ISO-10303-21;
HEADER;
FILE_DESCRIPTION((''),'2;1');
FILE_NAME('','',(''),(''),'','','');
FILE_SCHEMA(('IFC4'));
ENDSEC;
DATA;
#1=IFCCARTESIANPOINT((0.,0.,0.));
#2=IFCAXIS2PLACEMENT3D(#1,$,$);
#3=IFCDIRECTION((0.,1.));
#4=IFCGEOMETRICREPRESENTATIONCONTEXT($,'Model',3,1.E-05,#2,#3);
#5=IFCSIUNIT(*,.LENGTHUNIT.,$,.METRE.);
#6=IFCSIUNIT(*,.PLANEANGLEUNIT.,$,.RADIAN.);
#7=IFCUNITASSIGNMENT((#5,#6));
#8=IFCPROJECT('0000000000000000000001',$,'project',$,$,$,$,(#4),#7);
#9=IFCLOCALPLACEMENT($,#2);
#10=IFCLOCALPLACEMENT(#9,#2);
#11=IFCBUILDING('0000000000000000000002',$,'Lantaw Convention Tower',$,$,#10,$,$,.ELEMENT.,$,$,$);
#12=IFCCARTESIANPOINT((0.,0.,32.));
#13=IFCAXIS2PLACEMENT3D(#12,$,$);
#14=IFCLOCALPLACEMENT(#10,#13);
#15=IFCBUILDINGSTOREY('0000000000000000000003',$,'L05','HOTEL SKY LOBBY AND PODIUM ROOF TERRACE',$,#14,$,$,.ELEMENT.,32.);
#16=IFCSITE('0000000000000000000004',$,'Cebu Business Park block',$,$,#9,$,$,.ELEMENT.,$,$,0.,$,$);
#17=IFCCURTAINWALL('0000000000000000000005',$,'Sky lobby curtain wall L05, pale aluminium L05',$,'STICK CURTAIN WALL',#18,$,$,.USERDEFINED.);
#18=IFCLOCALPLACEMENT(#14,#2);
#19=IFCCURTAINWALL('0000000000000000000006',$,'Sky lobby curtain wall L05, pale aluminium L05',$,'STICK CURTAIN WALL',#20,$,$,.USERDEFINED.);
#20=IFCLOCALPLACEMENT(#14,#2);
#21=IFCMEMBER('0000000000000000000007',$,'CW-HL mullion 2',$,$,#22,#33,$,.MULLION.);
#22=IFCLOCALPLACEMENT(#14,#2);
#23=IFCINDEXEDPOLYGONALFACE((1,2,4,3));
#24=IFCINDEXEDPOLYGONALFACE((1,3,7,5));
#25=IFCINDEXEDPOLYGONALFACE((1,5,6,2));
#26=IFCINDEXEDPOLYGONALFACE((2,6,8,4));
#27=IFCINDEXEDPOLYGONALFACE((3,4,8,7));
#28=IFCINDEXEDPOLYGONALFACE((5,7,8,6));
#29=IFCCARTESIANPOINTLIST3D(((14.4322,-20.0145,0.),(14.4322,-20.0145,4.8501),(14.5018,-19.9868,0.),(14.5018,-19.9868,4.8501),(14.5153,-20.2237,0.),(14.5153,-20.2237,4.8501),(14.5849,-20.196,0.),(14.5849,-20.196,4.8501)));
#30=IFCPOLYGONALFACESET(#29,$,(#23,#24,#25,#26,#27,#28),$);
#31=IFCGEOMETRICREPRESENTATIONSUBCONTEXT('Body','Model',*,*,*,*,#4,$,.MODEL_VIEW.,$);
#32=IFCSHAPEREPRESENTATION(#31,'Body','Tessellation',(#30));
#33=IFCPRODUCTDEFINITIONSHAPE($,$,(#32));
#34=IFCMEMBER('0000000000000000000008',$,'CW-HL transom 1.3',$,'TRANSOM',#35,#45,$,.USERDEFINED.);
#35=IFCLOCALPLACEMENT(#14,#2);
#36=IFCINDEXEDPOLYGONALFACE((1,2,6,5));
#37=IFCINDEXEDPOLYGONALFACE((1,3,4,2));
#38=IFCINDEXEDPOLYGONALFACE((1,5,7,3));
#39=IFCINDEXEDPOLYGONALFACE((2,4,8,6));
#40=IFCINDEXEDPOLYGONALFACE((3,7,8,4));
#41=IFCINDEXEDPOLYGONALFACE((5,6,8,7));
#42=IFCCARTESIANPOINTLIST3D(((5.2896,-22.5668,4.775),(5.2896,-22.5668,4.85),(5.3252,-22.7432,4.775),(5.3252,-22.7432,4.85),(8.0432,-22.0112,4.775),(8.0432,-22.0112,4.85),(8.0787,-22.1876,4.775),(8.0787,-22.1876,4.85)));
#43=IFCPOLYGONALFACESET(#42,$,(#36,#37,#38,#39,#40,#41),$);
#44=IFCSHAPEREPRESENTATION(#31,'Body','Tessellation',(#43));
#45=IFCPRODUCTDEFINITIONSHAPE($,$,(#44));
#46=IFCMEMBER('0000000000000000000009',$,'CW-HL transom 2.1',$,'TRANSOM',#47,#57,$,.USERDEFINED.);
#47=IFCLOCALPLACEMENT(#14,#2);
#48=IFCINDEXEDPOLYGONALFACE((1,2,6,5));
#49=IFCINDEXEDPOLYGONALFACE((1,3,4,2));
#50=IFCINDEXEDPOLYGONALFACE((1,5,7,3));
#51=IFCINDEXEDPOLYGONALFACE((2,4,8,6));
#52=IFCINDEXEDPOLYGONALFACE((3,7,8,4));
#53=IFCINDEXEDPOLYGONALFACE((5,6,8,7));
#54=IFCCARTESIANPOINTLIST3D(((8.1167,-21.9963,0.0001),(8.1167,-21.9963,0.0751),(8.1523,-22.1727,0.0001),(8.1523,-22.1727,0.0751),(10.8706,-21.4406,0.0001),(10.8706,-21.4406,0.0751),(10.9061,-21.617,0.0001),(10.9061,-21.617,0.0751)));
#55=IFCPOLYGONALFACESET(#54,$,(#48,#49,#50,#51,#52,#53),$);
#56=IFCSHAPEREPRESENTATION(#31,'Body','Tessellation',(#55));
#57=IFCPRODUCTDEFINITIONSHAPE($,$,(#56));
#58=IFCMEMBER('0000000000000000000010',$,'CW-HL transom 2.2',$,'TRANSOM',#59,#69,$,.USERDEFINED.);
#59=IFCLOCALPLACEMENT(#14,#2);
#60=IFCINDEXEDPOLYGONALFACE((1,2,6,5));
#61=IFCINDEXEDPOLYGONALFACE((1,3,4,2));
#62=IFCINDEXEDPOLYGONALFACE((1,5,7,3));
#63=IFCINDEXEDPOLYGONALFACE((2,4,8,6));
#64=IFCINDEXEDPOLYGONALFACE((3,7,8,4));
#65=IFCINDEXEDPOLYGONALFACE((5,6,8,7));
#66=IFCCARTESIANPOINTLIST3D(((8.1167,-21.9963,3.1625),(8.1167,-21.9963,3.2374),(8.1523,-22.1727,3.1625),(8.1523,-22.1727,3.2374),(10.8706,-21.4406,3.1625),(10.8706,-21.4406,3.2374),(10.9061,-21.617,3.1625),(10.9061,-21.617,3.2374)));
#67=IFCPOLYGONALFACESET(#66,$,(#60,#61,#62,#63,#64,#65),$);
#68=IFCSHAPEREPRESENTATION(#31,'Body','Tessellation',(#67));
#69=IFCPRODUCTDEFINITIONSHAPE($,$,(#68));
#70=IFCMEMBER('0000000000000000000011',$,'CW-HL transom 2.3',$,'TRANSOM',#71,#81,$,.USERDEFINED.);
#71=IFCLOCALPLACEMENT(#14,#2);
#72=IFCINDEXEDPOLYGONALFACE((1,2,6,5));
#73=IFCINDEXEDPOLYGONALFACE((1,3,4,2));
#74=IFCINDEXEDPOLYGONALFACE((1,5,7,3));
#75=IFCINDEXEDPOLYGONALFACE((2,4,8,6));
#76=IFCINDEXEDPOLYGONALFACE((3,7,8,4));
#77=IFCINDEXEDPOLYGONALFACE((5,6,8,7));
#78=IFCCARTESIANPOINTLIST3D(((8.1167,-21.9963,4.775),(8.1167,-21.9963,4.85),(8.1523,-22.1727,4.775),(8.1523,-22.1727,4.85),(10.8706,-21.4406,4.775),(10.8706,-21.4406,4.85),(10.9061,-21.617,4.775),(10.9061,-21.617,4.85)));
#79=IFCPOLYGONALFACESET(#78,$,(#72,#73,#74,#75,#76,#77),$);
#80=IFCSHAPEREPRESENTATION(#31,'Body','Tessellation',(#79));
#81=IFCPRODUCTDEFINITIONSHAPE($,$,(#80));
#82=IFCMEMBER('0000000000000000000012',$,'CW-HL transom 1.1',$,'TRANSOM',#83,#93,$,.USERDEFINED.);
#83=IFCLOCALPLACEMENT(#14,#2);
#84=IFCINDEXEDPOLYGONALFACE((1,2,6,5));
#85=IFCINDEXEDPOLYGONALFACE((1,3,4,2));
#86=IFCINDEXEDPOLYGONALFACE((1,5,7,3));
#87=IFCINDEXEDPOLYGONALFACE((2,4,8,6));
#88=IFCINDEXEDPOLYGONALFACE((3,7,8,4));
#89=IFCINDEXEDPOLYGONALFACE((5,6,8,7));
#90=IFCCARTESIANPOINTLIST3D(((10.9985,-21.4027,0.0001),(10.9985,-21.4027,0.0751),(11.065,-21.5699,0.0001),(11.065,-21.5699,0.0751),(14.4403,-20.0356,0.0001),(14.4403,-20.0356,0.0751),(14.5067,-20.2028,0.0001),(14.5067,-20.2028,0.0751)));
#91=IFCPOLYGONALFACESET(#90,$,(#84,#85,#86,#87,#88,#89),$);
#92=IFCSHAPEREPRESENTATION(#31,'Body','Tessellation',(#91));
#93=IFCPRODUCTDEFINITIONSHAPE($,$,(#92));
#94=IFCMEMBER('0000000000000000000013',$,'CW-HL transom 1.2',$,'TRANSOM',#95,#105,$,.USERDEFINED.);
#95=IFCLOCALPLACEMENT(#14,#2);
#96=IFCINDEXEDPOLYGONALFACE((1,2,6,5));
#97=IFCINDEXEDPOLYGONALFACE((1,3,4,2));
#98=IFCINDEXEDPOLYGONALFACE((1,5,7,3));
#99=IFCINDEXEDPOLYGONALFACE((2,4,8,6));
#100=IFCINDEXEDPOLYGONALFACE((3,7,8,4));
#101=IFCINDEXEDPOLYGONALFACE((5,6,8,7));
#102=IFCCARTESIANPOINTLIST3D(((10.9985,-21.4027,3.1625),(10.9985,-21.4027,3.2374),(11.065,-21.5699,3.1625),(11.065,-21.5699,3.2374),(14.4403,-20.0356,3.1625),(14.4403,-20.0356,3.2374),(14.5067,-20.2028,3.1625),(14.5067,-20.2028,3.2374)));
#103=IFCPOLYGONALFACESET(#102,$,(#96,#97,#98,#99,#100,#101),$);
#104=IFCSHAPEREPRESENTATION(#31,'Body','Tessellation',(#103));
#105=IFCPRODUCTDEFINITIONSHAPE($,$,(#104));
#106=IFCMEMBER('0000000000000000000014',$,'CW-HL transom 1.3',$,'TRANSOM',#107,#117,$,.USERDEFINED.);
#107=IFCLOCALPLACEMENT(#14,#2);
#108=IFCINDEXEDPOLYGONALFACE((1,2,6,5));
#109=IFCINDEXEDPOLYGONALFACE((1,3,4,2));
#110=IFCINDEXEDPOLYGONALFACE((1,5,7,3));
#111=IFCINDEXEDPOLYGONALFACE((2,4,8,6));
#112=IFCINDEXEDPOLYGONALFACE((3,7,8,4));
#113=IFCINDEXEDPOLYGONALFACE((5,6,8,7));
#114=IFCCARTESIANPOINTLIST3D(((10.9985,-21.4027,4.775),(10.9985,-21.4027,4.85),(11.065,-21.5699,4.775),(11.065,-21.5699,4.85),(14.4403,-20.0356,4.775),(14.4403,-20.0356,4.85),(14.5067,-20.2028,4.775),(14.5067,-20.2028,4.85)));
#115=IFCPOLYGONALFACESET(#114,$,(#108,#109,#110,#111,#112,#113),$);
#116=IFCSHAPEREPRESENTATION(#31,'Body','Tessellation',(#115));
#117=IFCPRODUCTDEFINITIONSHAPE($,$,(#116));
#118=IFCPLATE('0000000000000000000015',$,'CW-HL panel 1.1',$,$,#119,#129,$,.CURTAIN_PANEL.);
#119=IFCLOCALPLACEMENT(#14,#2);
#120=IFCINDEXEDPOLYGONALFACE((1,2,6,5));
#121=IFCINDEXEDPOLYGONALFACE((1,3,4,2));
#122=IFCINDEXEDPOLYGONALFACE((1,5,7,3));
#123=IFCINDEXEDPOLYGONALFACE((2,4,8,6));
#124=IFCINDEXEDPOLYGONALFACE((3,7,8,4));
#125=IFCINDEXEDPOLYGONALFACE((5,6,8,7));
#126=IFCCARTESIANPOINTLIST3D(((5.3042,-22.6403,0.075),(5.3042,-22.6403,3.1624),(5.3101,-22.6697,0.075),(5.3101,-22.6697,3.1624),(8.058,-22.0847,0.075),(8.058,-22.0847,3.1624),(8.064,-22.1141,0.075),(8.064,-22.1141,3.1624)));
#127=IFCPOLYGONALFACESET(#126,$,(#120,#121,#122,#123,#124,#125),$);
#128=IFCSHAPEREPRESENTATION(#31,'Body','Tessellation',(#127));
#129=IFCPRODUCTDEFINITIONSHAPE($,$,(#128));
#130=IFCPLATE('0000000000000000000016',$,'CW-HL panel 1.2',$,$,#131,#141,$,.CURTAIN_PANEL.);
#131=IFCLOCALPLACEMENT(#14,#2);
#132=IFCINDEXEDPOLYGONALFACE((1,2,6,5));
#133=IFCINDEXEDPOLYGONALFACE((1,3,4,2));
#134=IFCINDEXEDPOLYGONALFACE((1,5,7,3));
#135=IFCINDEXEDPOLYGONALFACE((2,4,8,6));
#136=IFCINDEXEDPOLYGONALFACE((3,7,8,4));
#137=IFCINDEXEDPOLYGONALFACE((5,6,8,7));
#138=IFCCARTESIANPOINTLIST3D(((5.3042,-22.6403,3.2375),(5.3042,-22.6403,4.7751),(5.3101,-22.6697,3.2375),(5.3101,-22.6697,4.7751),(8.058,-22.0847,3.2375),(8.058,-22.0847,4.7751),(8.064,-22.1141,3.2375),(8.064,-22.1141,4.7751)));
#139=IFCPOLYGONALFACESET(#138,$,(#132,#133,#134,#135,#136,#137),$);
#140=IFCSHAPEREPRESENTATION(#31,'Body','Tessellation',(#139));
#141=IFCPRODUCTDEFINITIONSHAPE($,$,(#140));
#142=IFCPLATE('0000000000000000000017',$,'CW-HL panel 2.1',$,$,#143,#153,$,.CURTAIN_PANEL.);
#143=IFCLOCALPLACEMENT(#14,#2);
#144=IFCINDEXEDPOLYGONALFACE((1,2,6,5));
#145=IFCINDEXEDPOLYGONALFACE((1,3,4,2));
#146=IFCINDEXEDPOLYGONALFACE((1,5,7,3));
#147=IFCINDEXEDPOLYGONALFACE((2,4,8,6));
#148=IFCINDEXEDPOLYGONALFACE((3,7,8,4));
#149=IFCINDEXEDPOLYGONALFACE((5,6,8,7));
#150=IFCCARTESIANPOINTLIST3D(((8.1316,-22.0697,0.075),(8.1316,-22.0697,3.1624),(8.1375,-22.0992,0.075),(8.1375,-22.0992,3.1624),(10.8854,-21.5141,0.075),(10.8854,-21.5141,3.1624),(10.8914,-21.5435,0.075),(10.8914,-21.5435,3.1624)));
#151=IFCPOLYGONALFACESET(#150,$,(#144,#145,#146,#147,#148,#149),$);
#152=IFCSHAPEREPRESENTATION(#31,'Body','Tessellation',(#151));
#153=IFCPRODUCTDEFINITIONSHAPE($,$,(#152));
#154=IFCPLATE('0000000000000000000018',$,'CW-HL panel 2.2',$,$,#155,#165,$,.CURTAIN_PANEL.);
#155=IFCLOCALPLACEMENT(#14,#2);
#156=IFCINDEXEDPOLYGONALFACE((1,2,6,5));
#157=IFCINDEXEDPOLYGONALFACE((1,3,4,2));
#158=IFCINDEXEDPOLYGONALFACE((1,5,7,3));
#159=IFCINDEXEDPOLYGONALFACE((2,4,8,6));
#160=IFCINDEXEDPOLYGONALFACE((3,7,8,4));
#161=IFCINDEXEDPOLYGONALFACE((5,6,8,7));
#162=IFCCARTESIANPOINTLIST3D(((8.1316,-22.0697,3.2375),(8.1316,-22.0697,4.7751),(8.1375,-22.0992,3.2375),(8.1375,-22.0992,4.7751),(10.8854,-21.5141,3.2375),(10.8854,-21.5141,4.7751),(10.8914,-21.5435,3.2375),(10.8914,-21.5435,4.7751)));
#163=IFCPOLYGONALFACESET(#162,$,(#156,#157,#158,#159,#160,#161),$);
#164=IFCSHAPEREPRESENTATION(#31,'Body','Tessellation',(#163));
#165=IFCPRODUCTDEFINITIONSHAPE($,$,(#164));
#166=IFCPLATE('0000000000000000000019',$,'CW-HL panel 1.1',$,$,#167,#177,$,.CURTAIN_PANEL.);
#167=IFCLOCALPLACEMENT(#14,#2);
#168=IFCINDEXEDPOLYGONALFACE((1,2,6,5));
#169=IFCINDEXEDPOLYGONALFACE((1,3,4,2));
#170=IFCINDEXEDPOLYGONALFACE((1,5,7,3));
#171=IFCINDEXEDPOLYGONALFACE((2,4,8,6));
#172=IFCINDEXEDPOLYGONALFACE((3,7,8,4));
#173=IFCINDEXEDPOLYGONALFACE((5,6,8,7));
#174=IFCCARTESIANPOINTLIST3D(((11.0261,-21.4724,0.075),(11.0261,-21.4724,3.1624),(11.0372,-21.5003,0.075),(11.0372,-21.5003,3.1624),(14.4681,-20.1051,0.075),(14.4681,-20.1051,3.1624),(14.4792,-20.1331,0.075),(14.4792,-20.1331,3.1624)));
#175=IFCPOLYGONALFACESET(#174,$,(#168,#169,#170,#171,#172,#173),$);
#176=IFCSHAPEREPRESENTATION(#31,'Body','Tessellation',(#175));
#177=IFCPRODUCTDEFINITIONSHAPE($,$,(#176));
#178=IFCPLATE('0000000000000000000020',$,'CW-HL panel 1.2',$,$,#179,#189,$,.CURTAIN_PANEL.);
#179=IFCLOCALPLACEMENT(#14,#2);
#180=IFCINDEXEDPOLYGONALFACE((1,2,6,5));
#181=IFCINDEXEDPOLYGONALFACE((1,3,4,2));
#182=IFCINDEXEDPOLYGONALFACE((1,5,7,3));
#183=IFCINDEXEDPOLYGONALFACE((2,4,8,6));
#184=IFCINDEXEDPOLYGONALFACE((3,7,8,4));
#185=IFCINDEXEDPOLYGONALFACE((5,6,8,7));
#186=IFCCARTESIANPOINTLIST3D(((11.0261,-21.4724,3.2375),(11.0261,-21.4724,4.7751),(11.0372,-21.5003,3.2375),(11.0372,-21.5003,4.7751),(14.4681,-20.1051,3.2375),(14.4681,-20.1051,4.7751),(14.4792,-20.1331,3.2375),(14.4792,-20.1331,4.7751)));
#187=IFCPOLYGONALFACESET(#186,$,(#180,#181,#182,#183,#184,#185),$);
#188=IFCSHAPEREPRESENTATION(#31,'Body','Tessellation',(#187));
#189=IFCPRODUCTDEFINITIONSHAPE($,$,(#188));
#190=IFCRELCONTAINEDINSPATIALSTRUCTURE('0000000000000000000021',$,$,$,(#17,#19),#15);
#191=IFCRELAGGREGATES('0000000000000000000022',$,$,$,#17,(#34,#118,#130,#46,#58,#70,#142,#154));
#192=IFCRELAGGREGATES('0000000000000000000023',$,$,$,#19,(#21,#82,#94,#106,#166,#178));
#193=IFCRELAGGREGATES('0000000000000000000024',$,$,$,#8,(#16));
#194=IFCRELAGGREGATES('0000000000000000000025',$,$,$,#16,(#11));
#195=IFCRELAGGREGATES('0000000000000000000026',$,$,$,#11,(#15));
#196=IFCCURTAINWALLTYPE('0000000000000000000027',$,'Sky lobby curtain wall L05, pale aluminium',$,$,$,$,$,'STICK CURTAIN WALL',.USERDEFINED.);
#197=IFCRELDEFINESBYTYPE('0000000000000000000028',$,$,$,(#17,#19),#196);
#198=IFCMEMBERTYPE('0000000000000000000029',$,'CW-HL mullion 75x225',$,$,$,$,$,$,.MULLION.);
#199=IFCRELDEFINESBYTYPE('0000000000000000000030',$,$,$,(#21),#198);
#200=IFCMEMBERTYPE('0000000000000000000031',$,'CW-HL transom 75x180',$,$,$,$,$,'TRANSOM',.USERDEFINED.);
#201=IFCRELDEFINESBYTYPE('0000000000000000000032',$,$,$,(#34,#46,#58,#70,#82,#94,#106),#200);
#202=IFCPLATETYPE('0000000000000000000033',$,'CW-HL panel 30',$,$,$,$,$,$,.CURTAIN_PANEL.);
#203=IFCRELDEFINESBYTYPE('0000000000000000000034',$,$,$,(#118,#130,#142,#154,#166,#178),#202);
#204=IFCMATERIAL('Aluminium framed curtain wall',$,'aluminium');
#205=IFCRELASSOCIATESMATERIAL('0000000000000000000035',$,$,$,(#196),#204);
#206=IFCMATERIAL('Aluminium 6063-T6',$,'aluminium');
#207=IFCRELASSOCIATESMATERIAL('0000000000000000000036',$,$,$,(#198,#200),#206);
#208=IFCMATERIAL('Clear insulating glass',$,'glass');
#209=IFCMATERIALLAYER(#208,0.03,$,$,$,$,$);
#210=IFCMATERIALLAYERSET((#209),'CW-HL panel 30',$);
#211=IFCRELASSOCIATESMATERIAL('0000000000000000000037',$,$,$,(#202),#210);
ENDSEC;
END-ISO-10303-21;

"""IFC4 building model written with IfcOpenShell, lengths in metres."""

from ifc_helpers import new_model, si_unit, direction, frame, origin, origin_2d, place, context, subcontext, project, spatial, rectangle, extrude, material, layer, layer_set, material_profile, profile_set, type_object, element, aggregate, save


model = new_model("IFC4")

# Units and contexts
model_context = context("Model", 3, precision=1e-05, world=origin(), true_north=direction((0.0, 1.0)))
body_context = subcontext(model_context, "Body", "Model", "MODEL_VIEW")
ifc_project = project(units=[si_unit("LENGTHUNIT", "METRE"), si_unit("PLANEANGLEUNIT", "RADIAN")], contexts=[model_context])

# Site, building, storey
site_placement = place(None, origin())
site = spatial("IfcSite", under=ifc_project, at=site_placement, Name="Cebu Business Park block", CompositionType="ELEMENT", RefElevation=0.0)
building_placement = place(site_placement, origin())
building = spatial("IfcBuilding", under=site, at=building_placement, Name="Lantaw Convention Tower", CompositionType="ELEMENT")
storey_placement = place(building_placement, frame((0.0, 0.0, 32.0)))
storey = spatial("IfcBuildingStorey", under=building, at=storey_placement, Name="L05", Description="HOTEL SKY LOBBY AND PODIUM ROOF TERRACE", CompositionType="ELEMENT", Elevation=32.0)

# Curtain walls, member
ifc_material_1 = material(Name="Aluminium framed curtain wall", Category="aluminium")
curtain_wall_type = type_object("IfcCurtainWallType", Name="Sky lobby curtain wall L05, pale aluminium", ElementType="STICK CURTAIN WALL", PredefinedType="USERDEFINED", material=ifc_material_1)
curtain_wall_1_placement = place(storey_placement, origin())
curtain_wall_1 = element("IfcCurtainWall", 1, at=curtain_wall_1_placement, inside=storey, type_object=curtain_wall_type, Name="Sky lobby curtain wall L05, pale aluminium L05", ObjectType="STICK CURTAIN WALL", PredefinedType="USERDEFINED")
ifc_material_2 = material(Name="Aluminium 6063-T6", Category="aluminium")
ifc_material_profile_1 = material_profile(ifc_material_2, rectangle(XDim=0.2251, YDim=0.075, at=origin_2d()), Name="CW-HL mullion 75x225")
ifc_profile_set_1 = profile_set([ifc_material_profile_1], Name="Aluminium 6063-T6")
member_type_1 = type_object("IfcMemberType", Name="CW-HL mullion 75x225", PredefinedType="MULLION", material=ifc_profile_set_1)
curtain_wall_2_placement = place(storey_placement, origin())
curtain_wall_2 = element("IfcCurtainWall", 2, at=curtain_wall_2_placement, inside=storey, type_object=curtain_wall_type, Name="Sky lobby curtain wall L05, pale aluminium L05", ObjectType="STICK CURTAIN WALL", PredefinedType="USERDEFINED")
member_1_placement = place(storey_placement, frame((14.5085, -20.1052, 0.0), z_axis=(0.0, 0.0, 1.0), x_axis=(-0.369172, 0.929361, 0.0)))
member_1 = element("IfcMember", 3, at=member_1_placement, type_object=member_type_1, Name="CW-HL mullion 2", PredefinedType="MULLION", context=body_context, shape_type="SweptSolid", body=[
    extrude(rectangle(XDim=0.2251, YDim=0.075, at=origin_2d()), origin(), (0.0, 0.0, 1.0), 4.8501),
])

# Members
ifc_material_profile_2 = material_profile(ifc_material_2, rectangle(XDim=0.1799, YDim=0.075, at=origin_2d()), Name="CW-HL transom 75x180")
ifc_profile_set_2 = profile_set([ifc_material_profile_2], Name="Aluminium 6063-T6")
member_type_2 = type_object("IfcMemberType", Name="CW-HL transom 75x180", ElementType="TRANSOM", PredefinedType="USERDEFINED", material=ifc_profile_set_2)
member_2_placement = place(storey_placement, frame((5.3074, -22.655, 4.8125), z_axis=(0.980242, 0.197804, 0.0), x_axis=(-0.197804, 0.980242, 0.0)))
member_2 = element("IfcMember", 4, at=member_2_placement, type_object=member_type_2, Name="CW-HL transom 1.3", ObjectType="TRANSOM", PredefinedType="USERDEFINED", context=body_context, shape_type="SweptSolid", body=[
    extrude(rectangle(XDim=0.1799, YDim=0.075, at=origin_2d()), origin(), (0.0, 0.0, 1.0), 2.8091),
])
member_3_placement = place(storey_placement, frame((8.1345, -22.0845, 0.0376), z_axis=(0.980245, 0.197787, 0.0), x_axis=(-0.197787, 0.980245, 0.0)))
member_3 = element("IfcMember", 5, at=member_3_placement, type_object=member_type_2, Name="CW-HL transom 2.1", ObjectType="TRANSOM", PredefinedType="USERDEFINED", context=body_context, shape_type="SweptSolid", body=[
    extrude(rectangle(XDim=0.1799, YDim=0.075, at=origin_2d()), origin(), (0.0, 0.0, 1.0), 2.8093),
])
member_4_placement = place(storey_placement, frame((8.1345, -22.0845, 3.2), z_axis=(0.980245, 0.197787, 0.0), x_axis=(-0.197787, 0.980245, 0.0)))
member_4 = element("IfcMember", 6, at=member_4_placement, type_object=member_type_2, Name="CW-HL transom 2.2", ObjectType="TRANSOM", PredefinedType="USERDEFINED", context=body_context, shape_type="SweptSolid", body=[
    extrude(rectangle(XDim=0.1799, YDim=0.075, at=origin_2d()), origin(), (0.0, 0.0, 1.0), 2.8093),
])
member_5_placement = place(storey_placement, frame((8.1345, -22.0845, 4.8125), z_axis=(0.980245, 0.197787, 0.0), x_axis=(-0.197787, 0.980245, 0.0)))
member_5 = element("IfcMember", 7, at=member_5_placement, type_object=member_type_2, Name="CW-HL transom 2.3", ObjectType="TRANSOM", PredefinedType="USERDEFINED", context=body_context, shape_type="SweptSolid", body=[
    extrude(rectangle(XDim=0.1799, YDim=0.075, at=origin_2d()), origin(), (0.0, 0.0, 1.0), 2.8093),
])
member_6_placement = place(storey_placement, frame((11.0317, -21.4863, 0.0376), z_axis=(0.929365, 0.369162, 0.0), x_axis=(-0.369162, 0.929365, 0.0)))
member_6 = element("IfcMember", 8, at=member_6_placement, type_object=member_type_2, Name="CW-HL transom 1.1", ObjectType="TRANSOM", PredefinedType="USERDEFINED", context=body_context, shape_type="SweptSolid", body=[
    extrude(rectangle(XDim=0.1799, YDim=0.075, at=origin_2d()), origin(), (0.0, 0.0, 1.0), 3.7034),
])
member_7_placement = place(storey_placement, frame((11.0317, -21.4863, 3.2), z_axis=(0.929365, 0.369162, 0.0), x_axis=(-0.369162, 0.929365, 0.0)))
member_7 = element("IfcMember", 9, at=member_7_placement, type_object=member_type_2, Name="CW-HL transom 1.2", ObjectType="TRANSOM", PredefinedType="USERDEFINED", context=body_context, shape_type="SweptSolid", body=[
    extrude(rectangle(XDim=0.1799, YDim=0.075, at=origin_2d()), origin(), (0.0, 0.0, 1.0), 3.7034),
])
member_8_placement = place(storey_placement, frame((11.0317, -21.4863, 4.8125), z_axis=(0.929365, 0.369162, 0.0), x_axis=(-0.369162, 0.929365, 0.0)))
member_8 = element("IfcMember", 10, at=member_8_placement, type_object=member_type_2, Name="CW-HL transom 1.3", ObjectType="TRANSOM", PredefinedType="USERDEFINED", context=body_context, shape_type="SweptSolid", body=[
    extrude(rectangle(XDim=0.1799, YDim=0.075, at=origin_2d()), origin(), (0.0, 0.0, 1.0), 3.7034),
])

# Plates
ifc_material_3 = material(Name="Clear insulating glass", Category="glass")
ifc_layer = layer(ifc_material_3, 0.03)
ifc_layer_set = layer_set([ifc_layer], Name="CW-HL panel 30")
plate_type = type_object("IfcPlateType", Name="CW-HL panel 30", PredefinedType="CURTAIN_PANEL", material=ifc_layer_set)
plate_1_placement = place(storey_placement, frame((6.6841, -22.3772, 0.075), z_axis=(0.0, 0.0, 1.0), x_axis=(0.980245, 0.197789, 0.0)))
plate_1 = element("IfcPlate", 11, at=plate_1_placement, type_object=plate_type, Name="CW-HL panel 1.1", PredefinedType="CURTAIN_PANEL", context=body_context, shape_type="SweptSolid", body=[
    extrude(rectangle(XDim=2.8093, YDim=0.03, at=origin_2d()), origin(), (0.0, 0.0, 1.0), 3.0874),
])
plate_2_placement = place(storey_placement, frame((6.6841, -22.3772, 3.2375), z_axis=(0.0, 0.0, 1.0), x_axis=(0.980245, 0.197789, 0.0)))
plate_2 = element("IfcPlate", 12, at=plate_2_placement, type_object=plate_type, Name="CW-HL panel 1.2", PredefinedType="CURTAIN_PANEL", context=body_context, shape_type="SweptSolid", body=[
    extrude(rectangle(XDim=2.8093, YDim=0.03, at=origin_2d()), origin(), (0.0, 0.0, 1.0), 1.5376),
])
plate_3_placement = place(storey_placement, frame((9.5115, -21.8066, 0.075), z_axis=(0.0, 0.0, 1.0), x_axis=(0.980245, 0.197789, 0.0)))
plate_3 = element("IfcPlate", 13, at=plate_3_placement, type_object=plate_type, Name="CW-HL panel 2.1", PredefinedType="CURTAIN_PANEL", context=body_context, shape_type="SweptSolid", body=[
    extrude(rectangle(XDim=2.8093, YDim=0.03, at=origin_2d()), origin(), (0.0, 0.0, 1.0), 3.0874),
])
plate_4_placement = place(storey_placement, frame((9.5115, -21.8066, 3.2375), z_axis=(0.0, 0.0, 1.0), x_axis=(0.980245, 0.197789, 0.0)))
plate_4 = element("IfcPlate", 14, at=plate_4_placement, type_object=plate_type, Name="CW-HL panel 2.2", PredefinedType="CURTAIN_PANEL", context=body_context, shape_type="SweptSolid", body=[
    extrude(rectangle(XDim=2.8093, YDim=0.03, at=origin_2d()), origin(), (0.0, 0.0, 1.0), 1.5376),
])
aggregate(curtain_wall_1, [member_2, plate_1, plate_2, member_3, member_4, member_5, plate_3, plate_4])
plate_5_placement = place(storey_placement, frame((12.7527, -20.8027, 0.075), z_axis=(0.0, 0.0, 1.0), x_axis=(0.929361, 0.369172, 0.0)))
plate_5 = element("IfcPlate", 15, at=plate_5_placement, type_object=plate_type, Name="CW-HL panel 1.1", PredefinedType="CURTAIN_PANEL", context=body_context, shape_type="SweptSolid", body=[
    extrude(rectangle(XDim=3.7036, YDim=0.03, at=origin_2d()), origin(), (0.0, 0.0, 1.0), 3.0874),
])
plate_6_placement = place(storey_placement, frame((12.7527, -20.8027, 3.2375), z_axis=(0.0, 0.0, 1.0), x_axis=(0.929361, 0.369172, 0.0)))
plate_6 = element("IfcPlate", 16, at=plate_6_placement, type_object=plate_type, Name="CW-HL panel 1.2", PredefinedType="CURTAIN_PANEL", context=body_context, shape_type="SweptSolid", body=[
    extrude(rectangle(XDim=3.7036, YDim=0.03, at=origin_2d()), origin(), (0.0, 0.0, 1.0), 1.5376),
])
aggregate(curtain_wall_2, [member_1, member_6, member_7, member_8, plate_5, plate_6])

save(model, "model.ifc")
